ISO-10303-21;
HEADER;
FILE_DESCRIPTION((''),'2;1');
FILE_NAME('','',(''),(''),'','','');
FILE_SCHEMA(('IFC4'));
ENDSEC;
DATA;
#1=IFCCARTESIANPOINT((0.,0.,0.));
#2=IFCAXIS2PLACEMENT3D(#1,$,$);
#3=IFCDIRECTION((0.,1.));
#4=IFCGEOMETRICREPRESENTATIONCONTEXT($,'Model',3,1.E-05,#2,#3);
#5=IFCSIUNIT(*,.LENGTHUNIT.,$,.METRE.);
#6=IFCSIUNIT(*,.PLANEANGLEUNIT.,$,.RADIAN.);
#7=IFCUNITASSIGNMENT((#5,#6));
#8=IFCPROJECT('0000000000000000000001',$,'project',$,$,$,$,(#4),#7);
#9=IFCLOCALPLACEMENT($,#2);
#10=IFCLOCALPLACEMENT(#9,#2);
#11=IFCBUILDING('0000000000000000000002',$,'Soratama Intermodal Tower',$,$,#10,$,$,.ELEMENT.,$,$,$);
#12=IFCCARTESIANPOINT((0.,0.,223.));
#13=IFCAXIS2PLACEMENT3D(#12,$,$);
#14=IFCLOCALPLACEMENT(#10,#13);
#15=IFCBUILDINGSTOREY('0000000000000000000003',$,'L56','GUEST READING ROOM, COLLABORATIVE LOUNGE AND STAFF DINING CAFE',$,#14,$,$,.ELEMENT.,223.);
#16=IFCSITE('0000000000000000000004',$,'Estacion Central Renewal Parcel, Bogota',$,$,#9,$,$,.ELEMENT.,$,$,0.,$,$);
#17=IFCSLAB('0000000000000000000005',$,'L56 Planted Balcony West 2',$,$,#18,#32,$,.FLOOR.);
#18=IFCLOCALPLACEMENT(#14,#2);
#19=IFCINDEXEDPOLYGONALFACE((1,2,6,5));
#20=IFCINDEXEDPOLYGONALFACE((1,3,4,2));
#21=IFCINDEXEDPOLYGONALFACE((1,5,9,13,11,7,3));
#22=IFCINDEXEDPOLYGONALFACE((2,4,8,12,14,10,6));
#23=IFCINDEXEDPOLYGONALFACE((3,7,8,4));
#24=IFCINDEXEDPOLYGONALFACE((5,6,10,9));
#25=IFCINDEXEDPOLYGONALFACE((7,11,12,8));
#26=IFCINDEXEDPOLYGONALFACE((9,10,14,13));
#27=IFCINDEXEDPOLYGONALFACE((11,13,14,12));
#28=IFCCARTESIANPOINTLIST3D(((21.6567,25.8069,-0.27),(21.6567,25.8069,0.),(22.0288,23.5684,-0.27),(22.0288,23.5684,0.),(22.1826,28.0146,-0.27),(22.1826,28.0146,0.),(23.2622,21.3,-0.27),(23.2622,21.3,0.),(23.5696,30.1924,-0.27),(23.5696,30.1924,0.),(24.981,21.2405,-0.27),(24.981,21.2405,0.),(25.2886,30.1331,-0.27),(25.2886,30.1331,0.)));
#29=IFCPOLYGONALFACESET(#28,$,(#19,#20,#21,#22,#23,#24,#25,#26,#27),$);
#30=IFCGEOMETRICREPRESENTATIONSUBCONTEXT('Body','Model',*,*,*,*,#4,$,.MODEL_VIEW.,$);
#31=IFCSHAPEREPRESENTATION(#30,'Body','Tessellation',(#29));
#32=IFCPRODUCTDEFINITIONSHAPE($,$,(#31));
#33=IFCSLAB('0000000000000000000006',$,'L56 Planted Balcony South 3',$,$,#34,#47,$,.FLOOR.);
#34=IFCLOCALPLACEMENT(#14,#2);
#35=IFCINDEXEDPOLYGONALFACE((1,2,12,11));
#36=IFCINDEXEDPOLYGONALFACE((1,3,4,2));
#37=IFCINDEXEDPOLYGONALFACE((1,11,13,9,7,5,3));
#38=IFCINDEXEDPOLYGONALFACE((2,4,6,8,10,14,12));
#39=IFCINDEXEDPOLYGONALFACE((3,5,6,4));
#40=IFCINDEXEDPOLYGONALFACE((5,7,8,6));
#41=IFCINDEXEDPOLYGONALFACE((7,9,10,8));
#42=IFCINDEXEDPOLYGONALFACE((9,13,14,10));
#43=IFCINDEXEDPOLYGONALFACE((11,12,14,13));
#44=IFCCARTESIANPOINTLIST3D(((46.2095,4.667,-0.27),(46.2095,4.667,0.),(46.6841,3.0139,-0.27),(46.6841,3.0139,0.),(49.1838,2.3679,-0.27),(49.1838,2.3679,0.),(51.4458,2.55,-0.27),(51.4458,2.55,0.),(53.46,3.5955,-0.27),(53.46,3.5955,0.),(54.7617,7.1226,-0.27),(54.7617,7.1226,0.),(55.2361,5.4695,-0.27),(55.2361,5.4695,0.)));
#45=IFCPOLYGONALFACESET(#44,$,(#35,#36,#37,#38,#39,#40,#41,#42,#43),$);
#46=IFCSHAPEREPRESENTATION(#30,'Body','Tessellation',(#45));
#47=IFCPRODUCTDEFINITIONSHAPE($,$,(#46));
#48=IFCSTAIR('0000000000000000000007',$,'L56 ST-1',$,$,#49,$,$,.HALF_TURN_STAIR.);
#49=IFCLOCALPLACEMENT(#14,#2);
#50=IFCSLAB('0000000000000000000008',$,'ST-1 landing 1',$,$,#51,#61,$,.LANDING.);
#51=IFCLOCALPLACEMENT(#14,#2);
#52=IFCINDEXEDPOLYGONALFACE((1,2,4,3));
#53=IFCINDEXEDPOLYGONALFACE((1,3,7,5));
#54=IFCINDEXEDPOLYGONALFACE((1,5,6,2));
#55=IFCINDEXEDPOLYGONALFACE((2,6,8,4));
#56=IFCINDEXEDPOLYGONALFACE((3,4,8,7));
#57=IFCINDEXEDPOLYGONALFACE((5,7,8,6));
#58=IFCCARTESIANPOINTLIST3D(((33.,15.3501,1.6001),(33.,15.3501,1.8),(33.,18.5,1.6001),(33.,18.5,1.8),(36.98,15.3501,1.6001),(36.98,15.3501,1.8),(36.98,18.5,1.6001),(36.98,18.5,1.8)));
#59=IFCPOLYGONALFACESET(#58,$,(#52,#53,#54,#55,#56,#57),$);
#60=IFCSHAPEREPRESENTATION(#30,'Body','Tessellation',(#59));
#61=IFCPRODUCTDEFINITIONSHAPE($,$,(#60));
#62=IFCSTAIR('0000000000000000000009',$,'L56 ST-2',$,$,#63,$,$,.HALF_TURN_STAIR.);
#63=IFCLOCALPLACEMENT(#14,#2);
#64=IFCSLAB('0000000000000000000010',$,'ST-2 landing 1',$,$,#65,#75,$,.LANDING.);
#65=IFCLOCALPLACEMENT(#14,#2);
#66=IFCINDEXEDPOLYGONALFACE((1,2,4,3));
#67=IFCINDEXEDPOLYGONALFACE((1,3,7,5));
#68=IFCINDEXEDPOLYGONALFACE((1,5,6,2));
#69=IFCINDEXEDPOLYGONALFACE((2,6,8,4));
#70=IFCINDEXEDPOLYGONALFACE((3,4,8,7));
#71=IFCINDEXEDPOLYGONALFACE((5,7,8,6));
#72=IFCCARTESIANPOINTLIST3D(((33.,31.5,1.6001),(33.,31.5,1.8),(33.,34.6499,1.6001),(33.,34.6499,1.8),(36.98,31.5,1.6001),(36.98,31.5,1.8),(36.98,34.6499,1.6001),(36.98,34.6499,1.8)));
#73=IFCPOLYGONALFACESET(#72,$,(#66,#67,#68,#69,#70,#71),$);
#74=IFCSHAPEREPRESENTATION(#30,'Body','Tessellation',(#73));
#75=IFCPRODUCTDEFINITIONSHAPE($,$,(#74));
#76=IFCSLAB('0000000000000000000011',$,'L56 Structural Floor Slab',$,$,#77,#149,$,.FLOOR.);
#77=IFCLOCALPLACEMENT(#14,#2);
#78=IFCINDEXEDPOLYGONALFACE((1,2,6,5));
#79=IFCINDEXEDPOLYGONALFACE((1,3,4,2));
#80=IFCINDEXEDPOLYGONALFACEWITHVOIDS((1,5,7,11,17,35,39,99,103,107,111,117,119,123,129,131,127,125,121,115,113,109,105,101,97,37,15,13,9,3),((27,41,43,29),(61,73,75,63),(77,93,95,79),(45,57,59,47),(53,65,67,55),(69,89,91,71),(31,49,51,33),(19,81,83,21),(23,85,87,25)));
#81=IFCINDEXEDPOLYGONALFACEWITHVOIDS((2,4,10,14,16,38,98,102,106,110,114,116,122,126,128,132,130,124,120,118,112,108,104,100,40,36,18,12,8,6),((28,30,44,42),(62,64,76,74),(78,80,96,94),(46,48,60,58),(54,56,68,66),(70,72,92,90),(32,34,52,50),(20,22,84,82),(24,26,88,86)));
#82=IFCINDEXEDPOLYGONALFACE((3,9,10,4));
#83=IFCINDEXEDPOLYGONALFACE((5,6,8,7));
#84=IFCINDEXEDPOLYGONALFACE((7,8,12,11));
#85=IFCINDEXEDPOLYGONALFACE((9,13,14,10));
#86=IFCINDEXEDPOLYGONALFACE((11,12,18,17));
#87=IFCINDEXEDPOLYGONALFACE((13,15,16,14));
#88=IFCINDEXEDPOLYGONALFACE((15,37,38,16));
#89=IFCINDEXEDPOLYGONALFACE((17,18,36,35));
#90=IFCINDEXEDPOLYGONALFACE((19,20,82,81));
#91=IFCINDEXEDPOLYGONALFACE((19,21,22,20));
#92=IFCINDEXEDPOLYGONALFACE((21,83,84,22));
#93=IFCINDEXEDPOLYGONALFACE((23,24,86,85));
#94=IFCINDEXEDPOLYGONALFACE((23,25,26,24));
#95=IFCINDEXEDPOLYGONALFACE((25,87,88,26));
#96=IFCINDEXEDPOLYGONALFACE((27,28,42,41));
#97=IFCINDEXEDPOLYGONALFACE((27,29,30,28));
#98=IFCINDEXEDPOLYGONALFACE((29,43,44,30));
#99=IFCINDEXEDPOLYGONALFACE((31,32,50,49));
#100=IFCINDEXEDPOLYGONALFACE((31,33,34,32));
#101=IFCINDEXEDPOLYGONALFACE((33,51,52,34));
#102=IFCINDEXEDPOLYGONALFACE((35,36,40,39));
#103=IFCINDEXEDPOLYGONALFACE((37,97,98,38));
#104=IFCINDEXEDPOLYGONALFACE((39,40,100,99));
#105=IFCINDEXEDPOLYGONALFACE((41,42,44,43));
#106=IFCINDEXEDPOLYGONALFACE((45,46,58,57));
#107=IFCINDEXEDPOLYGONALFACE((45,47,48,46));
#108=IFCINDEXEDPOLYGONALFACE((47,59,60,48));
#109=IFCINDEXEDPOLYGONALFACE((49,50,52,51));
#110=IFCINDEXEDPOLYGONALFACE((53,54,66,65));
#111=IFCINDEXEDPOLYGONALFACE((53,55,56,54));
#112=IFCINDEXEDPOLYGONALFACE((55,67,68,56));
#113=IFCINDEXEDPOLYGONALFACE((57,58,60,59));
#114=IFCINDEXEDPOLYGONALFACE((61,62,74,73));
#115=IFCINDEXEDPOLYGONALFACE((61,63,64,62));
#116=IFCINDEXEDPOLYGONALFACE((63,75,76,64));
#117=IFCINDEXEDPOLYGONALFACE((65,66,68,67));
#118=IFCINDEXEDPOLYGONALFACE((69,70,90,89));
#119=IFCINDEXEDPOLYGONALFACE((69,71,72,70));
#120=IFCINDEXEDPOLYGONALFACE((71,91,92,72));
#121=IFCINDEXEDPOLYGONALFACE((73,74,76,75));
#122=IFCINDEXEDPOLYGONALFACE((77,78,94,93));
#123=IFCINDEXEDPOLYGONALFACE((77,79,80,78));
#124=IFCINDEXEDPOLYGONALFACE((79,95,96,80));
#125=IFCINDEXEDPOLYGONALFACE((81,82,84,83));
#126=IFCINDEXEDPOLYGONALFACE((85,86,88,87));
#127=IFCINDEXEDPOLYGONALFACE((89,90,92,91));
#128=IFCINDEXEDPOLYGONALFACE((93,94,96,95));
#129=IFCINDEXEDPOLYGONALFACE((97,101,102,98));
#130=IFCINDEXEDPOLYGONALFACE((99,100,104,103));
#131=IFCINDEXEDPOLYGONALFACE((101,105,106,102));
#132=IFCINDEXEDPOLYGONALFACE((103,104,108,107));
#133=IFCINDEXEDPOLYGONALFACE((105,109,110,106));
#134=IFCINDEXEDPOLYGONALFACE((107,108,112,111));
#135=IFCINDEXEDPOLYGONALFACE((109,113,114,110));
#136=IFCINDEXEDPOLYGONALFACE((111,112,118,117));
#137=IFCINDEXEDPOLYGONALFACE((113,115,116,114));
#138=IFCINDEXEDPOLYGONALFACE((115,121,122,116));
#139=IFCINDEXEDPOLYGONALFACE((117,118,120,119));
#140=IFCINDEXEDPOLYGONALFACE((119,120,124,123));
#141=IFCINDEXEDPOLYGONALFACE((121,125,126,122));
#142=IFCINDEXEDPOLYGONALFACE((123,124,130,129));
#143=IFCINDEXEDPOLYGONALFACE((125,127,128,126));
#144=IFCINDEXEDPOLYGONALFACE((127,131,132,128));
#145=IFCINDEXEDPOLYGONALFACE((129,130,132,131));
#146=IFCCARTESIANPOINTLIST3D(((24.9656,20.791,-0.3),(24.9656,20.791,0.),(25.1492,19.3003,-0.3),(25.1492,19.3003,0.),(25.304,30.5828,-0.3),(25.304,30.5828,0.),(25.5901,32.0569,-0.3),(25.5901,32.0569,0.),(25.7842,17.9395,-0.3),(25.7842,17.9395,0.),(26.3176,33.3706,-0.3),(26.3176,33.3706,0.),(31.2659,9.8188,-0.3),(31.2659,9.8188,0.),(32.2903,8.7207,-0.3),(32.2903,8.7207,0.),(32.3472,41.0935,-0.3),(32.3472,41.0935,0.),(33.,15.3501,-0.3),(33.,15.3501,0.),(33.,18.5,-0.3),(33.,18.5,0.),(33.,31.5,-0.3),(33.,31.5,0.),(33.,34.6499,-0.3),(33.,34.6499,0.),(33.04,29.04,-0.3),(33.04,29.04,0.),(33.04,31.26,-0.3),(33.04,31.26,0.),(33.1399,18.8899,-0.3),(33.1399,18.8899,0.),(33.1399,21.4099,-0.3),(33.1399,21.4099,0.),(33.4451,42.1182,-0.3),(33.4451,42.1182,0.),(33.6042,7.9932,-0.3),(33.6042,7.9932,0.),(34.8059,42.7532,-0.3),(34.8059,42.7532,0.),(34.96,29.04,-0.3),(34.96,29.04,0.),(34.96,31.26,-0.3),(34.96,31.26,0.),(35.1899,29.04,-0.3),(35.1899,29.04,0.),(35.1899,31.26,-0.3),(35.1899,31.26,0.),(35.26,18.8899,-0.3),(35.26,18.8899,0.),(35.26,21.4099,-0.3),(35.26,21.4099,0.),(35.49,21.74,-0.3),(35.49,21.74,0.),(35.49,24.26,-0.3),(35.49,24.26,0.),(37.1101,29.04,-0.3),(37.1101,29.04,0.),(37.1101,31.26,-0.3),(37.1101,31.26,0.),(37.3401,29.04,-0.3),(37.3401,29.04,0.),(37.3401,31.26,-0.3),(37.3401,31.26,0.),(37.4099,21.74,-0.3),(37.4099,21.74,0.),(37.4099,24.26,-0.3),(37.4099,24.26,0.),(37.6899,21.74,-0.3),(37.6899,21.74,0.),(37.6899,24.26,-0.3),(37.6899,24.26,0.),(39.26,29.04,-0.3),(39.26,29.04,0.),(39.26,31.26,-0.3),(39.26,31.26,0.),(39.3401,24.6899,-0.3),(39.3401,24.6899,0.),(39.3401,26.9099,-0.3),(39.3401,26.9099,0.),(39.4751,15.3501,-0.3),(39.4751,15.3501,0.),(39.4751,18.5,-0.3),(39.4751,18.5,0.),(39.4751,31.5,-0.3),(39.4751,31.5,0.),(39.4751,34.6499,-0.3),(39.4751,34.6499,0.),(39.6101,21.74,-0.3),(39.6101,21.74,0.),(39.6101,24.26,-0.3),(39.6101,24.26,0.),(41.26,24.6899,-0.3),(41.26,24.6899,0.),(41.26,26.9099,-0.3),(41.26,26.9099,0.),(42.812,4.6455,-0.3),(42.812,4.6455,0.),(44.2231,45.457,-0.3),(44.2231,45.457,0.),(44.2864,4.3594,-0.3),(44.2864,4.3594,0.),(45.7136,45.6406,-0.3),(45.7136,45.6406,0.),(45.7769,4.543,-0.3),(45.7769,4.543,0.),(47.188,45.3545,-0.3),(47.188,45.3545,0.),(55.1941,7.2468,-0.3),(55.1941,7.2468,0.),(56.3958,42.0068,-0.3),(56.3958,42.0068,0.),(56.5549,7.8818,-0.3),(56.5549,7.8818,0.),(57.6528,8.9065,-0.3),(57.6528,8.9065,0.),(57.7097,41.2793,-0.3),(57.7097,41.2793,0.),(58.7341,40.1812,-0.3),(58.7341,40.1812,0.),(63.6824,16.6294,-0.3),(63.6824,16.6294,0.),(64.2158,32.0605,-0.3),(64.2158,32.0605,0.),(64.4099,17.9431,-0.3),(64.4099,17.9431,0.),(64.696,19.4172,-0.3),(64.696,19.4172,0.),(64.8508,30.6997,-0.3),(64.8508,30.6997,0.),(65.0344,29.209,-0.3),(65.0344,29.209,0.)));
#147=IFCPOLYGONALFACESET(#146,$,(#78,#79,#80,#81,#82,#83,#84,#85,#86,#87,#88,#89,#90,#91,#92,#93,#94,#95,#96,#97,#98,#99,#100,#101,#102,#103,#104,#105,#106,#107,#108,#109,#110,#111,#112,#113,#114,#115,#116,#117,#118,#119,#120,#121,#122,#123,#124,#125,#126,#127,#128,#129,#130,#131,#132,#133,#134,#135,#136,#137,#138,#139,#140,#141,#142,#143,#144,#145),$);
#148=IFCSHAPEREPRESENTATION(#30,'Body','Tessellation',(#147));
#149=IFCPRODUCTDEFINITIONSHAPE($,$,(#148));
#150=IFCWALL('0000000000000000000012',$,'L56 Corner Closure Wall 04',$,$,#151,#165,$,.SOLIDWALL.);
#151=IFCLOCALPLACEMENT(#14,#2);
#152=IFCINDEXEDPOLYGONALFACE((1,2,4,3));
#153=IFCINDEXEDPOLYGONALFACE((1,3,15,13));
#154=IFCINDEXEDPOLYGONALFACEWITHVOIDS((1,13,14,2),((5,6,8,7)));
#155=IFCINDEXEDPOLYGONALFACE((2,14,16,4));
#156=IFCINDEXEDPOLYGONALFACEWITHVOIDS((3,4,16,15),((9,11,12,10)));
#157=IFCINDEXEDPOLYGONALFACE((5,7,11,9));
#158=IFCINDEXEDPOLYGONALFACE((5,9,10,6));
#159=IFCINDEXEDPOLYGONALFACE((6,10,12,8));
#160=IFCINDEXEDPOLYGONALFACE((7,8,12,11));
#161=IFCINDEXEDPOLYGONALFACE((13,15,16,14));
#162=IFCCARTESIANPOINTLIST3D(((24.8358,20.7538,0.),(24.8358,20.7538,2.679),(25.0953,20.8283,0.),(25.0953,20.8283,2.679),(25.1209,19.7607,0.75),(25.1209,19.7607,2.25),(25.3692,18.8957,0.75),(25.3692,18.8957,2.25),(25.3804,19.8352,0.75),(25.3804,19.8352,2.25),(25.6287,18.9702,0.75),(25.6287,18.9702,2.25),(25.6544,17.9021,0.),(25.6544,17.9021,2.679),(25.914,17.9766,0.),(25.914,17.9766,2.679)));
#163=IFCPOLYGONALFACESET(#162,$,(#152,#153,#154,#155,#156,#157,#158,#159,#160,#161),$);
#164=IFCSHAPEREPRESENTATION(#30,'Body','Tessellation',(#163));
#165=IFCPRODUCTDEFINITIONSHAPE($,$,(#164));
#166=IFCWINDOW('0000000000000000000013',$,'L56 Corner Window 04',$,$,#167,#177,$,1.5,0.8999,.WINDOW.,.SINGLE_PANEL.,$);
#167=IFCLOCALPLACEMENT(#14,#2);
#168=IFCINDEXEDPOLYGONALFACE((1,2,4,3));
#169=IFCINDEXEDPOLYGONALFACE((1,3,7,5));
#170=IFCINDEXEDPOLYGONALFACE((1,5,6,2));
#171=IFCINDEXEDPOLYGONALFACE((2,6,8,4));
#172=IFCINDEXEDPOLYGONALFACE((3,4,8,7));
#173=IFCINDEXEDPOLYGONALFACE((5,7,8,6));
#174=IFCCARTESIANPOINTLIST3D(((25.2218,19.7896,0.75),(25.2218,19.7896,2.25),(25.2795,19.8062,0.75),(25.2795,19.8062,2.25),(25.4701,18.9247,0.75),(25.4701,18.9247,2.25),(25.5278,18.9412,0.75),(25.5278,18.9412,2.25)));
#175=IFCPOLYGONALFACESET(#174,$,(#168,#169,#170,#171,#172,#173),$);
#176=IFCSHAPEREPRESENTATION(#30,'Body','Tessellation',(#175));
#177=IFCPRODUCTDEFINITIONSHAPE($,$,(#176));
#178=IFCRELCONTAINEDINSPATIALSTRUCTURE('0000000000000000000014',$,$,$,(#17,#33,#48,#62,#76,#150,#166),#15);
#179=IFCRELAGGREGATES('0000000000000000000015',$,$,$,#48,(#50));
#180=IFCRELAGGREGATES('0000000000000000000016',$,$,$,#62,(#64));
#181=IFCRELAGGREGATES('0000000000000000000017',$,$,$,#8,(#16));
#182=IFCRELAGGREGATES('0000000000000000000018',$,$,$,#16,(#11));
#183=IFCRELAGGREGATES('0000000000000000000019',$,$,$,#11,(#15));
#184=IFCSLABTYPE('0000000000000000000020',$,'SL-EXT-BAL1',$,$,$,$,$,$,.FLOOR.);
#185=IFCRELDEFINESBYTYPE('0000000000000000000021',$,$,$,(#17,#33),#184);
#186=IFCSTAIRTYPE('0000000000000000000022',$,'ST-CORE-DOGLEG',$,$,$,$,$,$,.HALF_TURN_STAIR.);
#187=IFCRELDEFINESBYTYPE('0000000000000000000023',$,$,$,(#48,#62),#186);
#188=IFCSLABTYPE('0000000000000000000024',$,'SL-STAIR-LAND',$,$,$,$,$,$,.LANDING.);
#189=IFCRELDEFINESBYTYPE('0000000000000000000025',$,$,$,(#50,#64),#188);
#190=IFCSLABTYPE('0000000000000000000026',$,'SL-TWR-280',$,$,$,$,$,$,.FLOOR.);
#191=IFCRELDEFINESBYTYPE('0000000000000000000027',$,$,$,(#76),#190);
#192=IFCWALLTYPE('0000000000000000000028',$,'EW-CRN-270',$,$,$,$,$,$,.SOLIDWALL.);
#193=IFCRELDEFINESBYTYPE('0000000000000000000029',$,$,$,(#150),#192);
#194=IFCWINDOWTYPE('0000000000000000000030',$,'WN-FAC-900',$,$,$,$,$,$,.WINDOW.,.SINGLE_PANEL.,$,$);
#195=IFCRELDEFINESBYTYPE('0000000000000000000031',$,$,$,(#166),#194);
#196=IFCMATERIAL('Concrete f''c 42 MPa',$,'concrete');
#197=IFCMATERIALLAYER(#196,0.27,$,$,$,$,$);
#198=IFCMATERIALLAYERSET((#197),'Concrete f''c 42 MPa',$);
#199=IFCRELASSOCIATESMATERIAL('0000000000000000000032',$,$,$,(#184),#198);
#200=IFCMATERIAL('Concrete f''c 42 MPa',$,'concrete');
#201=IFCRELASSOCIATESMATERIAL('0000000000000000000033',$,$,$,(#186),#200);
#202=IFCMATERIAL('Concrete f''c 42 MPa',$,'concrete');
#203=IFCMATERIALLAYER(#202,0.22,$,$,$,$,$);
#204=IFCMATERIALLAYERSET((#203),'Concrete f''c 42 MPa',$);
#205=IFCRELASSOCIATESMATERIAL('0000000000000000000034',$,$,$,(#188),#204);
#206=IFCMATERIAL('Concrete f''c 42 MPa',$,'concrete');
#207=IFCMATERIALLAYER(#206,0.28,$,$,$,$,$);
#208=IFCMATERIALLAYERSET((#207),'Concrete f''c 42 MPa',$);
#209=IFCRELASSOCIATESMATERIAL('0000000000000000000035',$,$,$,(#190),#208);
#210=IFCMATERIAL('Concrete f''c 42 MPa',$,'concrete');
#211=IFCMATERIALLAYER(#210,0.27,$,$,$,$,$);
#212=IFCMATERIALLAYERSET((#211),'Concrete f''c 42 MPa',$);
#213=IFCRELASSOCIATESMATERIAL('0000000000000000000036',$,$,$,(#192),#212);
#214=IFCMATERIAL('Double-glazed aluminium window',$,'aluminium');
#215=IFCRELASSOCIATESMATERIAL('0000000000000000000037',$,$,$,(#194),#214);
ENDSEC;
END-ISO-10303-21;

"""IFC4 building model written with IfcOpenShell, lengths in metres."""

from ifc_helpers import new_model, si_unit, direction, frame, frame_2d, origin, place, context, subcontext, project, spatial, polyline, rectangle, outline, extrude, material, layer, layer_set, type_object, element, fill, aggregate, save


model = new_model("IFC4")

# Units and contexts
model_context = context("Model", 3, precision=1e-05, world=origin(), true_north=direction((0.0, 1.0)))
body_context = subcontext(model_context, "Body", "Model", "MODEL_VIEW")
ifc_project = project(units=[si_unit("LENGTHUNIT", "METRE"), si_unit("PLANEANGLEUNIT", "RADIAN")], contexts=[model_context])

# Site, building, storey
site_placement = place(None, origin())
site = spatial("IfcSite", under=ifc_project, at=site_placement, Name="Estacion Central Renewal Parcel, Bogota", CompositionType="ELEMENT", RefElevation=0.0)
building_placement = place(site_placement, origin())
building = spatial("IfcBuilding", under=site, at=building_placement, Name="Soratama Intermodal Tower", CompositionType="ELEMENT")
storey_placement = place(building_placement, frame((0.0, 0.0, 223.0)))
storey = spatial("IfcBuildingStorey", under=building, at=storey_placement, Name="L56", Description="GUEST READING ROOM, COLLABORATIVE LOUNGE AND STAFF DINING CAFE", CompositionType="ELEMENT", Elevation=223.0)

# Slabs
ifc_material_1 = material(Name="Concrete f'c 42 MPa", Category="concrete")
ifc_layer_1 = layer(ifc_material_1, 0.27)
ifc_layer_set_1 = layer_set([ifc_layer_1], Name="Concrete f'c 42 MPa")
slab_type_1 = type_object("IfcSlabType", Name="SL-EXT-BAL1", PredefinedType="FLOOR", material=ifc_layer_set_1)
slab_1_placement = place(storey_placement, frame((0.0, 0.0, -0.27)))
element("IfcSlab", 1, at=slab_1_placement, inside=storey, type_object=slab_type_1, Name="L56 Planted Balcony West 2", PredefinedType="FLOOR", context=body_context, shape_type="SweptSolid", body=[
    extrude(outline(polyline([(25.2886, 30.1331), (24.981, 21.2405), (23.2622, 21.3), (22.0288, 23.5684), (21.6567, 25.8069), (22.1826, 28.0146), (23.5696, 30.1924), (25.2886, 30.1331)])), origin(), (0.0, 0.0, 1.0), 0.27),
])
slab_2_placement = place(storey_placement, frame((0.0, 0.0, -0.27)))
element("IfcSlab", 2, at=slab_2_placement, inside=storey, type_object=slab_type_1, Name="L56 Planted Balcony South 3", PredefinedType="FLOOR", context=body_context, shape_type="SweptSolid", body=[
    extrude(outline(polyline([(46.2095, 4.667), (54.7617, 7.1226), (55.2361, 5.4695), (53.46, 3.5955), (51.4458, 2.55), (49.1838, 2.3679), (46.6841, 3.0139), (46.2095, 4.667)])), origin(), (0.0, 0.0, 1.0), 0.27),
])

# Stairs, slabs
ifc_material_2 = material(Name="Concrete f'c 42 MPa", Category="concrete")
stair_type = type_object("IfcStairType", Name="ST-CORE-DOGLEG", PredefinedType="HALF_TURN_STAIR", material=ifc_material_2)
stair_1_placement = place(storey_placement, origin())
stair_1 = element("IfcStair", 3, at=stair_1_placement, inside=storey, type_object=stair_type, Name="L56 ST-1", PredefinedType="HALF_TURN_STAIR")
ifc_material_3 = material(Name="Concrete f'c 42 MPa", Category="concrete")
ifc_layer_2 = layer(ifc_material_3, 0.22)
ifc_layer_set_2 = layer_set([ifc_layer_2], Name="Concrete f'c 42 MPa")
slab_type_2 = type_object("IfcSlabType", Name="SL-STAIR-LAND", PredefinedType="LANDING", material=ifc_layer_set_2)
slab_3_placement = place(storey_placement, frame((0.0, 0.0, 1.6001)))
slab_3 = element("IfcSlab", 4, at=slab_3_placement, type_object=slab_type_2, Name="ST-1 landing 1", PredefinedType="LANDING", context=body_context, shape_type="SweptSolid", body=[
    extrude(outline(polyline([(36.98, 18.5), (33.0, 18.5), (33.0, 15.3501), (36.98, 15.3501), (36.98, 18.5)])), origin(), (0.0, 0.0, 1.0), 0.2),
])
aggregate(stair_1, [slab_3])
stair_2_placement = place(storey_placement, origin())
stair_2 = element("IfcStair", 5, at=stair_2_placement, inside=storey, type_object=stair_type, Name="L56 ST-2", PredefinedType="HALF_TURN_STAIR")
slab_4_placement = place(storey_placement, frame((0.0, 0.0, 1.6001)))
slab_4 = element("IfcSlab", 6, at=slab_4_placement, type_object=slab_type_2, Name="ST-2 landing 1", PredefinedType="LANDING", context=body_context, shape_type="SweptSolid", body=[
    extrude(outline(polyline([(36.98, 34.6499), (33.0, 34.6499), (33.0, 31.5), (36.98, 31.5), (36.98, 34.6499)])), origin(), (0.0, 0.0, 1.0), 0.2),
])
aggregate(stair_2, [slab_4])

# Slab
ifc_material_4 = material(Name="Concrete f'c 42 MPa", Category="concrete")
ifc_layer_3 = layer(ifc_material_4, 0.28)
ifc_layer_set_3 = layer_set([ifc_layer_3], Name="Concrete f'c 42 MPa")
slab_type_3 = type_object("IfcSlabType", Name="SL-TWR-280", PredefinedType="FLOOR", material=ifc_layer_set_3)
slab_5_placement = place(storey_placement, frame((0.0, 0.0, -0.3)))
element("IfcSlab", 7, at=slab_5_placement, inside=storey, type_object=slab_type_3, Name="L56 Structural Floor Slab", PredefinedType="FLOOR", context=body_context, shape_type="SweptSolid", body=[
    extrude(outline(polyline([(58.7341, 40.1812), (57.7097, 41.2793), (56.3958, 42.0068), (47.188, 45.3545), (45.7136, 45.6406), (44.2231, 45.457), (34.8059, 42.7532), (33.4451, 42.1182), (32.3472, 41.0935), (26.3176, 33.3706), (25.5901, 32.0569), (25.304, 30.5828), (24.9656, 20.791), (25.1492, 19.3003), (25.7842, 17.9395), (31.2659, 9.8188), (32.2903, 8.7207), (33.6042, 7.9932), (42.812, 4.6455), (44.2864, 4.3594), (45.7769, 4.543), (55.1941, 7.2468), (56.5549, 7.8818), (57.6528, 8.9065), (63.6824, 16.6294), (64.4099, 17.9431), (64.696, 19.4172), (65.0344, 29.209), (64.8508, 30.6997), (64.2158, 32.0605), (58.7341, 40.1812)]), holes=[polyline([(33.0, 18.5), (33.0, 15.3501), (39.4751, 15.3501), (39.4751, 18.5), (33.0, 18.5)]), polyline([(35.26, 21.4099), (33.1399, 21.4099), (33.1399, 18.8899), (35.26, 18.8899), (35.26, 21.4099)]), polyline([(37.4099, 24.26), (35.49, 24.26), (35.49, 21.74), (37.4099, 21.74), (37.4099, 24.26)]), polyline([(39.6101, 24.26), (37.6899, 24.26), (37.6899, 21.74), (39.6101, 21.74), (39.6101, 24.26)]), polyline([(41.26, 26.9099), (39.3401, 26.9099), (39.3401, 24.6899), (41.26, 24.6899), (41.26, 26.9099)]), polyline([(34.96, 31.26), (33.04, 31.26), (33.04, 29.04), (34.96, 29.04), (34.96, 31.26)]), polyline([(37.1101, 31.26), (35.1899, 31.26), (35.1899, 29.04), (37.1101, 29.04), (37.1101, 31.26)]), polyline([(39.26, 29.04), (39.26, 31.26), (37.3401, 31.26), (37.3401, 29.04), (39.26, 29.04)]), polyline([(39.4751, 34.6499), (33.0, 34.6499), (33.0, 31.5), (39.4751, 31.5), (39.4751, 34.6499)])]), origin(), (0.0, 0.0, 1.0), 0.3),
])

# Wall, opening, window
ifc_material_5 = material(Name="Concrete f'c 42 MPa", Category="concrete")
ifc_layer_4 = layer(ifc_material_5, 0.27)
ifc_layer_set_4 = layer_set([ifc_layer_4], Name="Concrete f'c 42 MPa")
wall_type = type_object("IfcWallType", Name="EW-CRN-270", PredefinedType="SOLIDWALL", material=ifc_layer_set_4)
wall_placement = place(storey_placement, frame((24.9656, 20.791, 0.0), z_axis=(0.0, 0.0, 1.0), x_axis=(0.275927, -0.961178, 0.0)))
wall = element("IfcWall", 8, at=wall_placement, inside=storey, type_object=wall_type, Name="L56 Corner Closure Wall 04", PredefinedType="SOLIDWALL", context=body_context, shape_type="SweptSolid", body=[
    extrude(rectangle(XDim=2.9668, YDim=0.27, at=frame_2d((1.4834, 0.0))), origin(), (0.0, 0.0, 1.0), 2.679),
])
opening_placement = place(wall_placement, frame((1.0332, 0.0, 0.75)))
opening = element("IfcOpeningElement", 9, at=opening_placement, cuts=wall, PredefinedType="OPENING", context=body_context, shape_type="SweptSolid", body=[
    extrude(rectangle(XDim=0.8999, YDim=1.5, at=frame_2d((0.45, 0.75))), frame((0.0, 0.145, 0.0), z_axis=(0.0, -1.0, 0.0), x_axis=(1.0, 0.0, 0.0)), (0.0, 0.0, 1.0), 0.29),
])
ifc_material_6 = material(Name="Double-glazed aluminium window", Category="aluminium")
window_type = type_object("IfcWindowType", Name="WN-FAC-900", PartitioningType="SINGLE_PANEL", PredefinedType="WINDOW", material=ifc_material_6)
window_placement = place(opening_placement, origin())
window = element("IfcWindow", 10, at=window_placement, inside=storey, type_object=window_type, Name="L56 Corner Window 04", OverallHeight=1.5, OverallWidth=0.8999, PartitioningType="SINGLE_PANEL", PredefinedType="WINDOW", context=body_context, shape_type="SweptSolid", body=[
    extrude(rectangle(XDim=0.8999, YDim=1.5, at=frame_2d((0.45, 0.75))), frame((0.0, 0.03, 0.0), z_axis=(0.0, -1.0, 0.0), x_axis=(1.0, 0.0, 0.0)), (0.0, 0.0, 1.0), 0.0601),
])
fill(opening, window)

save(model, "model.ifc")
